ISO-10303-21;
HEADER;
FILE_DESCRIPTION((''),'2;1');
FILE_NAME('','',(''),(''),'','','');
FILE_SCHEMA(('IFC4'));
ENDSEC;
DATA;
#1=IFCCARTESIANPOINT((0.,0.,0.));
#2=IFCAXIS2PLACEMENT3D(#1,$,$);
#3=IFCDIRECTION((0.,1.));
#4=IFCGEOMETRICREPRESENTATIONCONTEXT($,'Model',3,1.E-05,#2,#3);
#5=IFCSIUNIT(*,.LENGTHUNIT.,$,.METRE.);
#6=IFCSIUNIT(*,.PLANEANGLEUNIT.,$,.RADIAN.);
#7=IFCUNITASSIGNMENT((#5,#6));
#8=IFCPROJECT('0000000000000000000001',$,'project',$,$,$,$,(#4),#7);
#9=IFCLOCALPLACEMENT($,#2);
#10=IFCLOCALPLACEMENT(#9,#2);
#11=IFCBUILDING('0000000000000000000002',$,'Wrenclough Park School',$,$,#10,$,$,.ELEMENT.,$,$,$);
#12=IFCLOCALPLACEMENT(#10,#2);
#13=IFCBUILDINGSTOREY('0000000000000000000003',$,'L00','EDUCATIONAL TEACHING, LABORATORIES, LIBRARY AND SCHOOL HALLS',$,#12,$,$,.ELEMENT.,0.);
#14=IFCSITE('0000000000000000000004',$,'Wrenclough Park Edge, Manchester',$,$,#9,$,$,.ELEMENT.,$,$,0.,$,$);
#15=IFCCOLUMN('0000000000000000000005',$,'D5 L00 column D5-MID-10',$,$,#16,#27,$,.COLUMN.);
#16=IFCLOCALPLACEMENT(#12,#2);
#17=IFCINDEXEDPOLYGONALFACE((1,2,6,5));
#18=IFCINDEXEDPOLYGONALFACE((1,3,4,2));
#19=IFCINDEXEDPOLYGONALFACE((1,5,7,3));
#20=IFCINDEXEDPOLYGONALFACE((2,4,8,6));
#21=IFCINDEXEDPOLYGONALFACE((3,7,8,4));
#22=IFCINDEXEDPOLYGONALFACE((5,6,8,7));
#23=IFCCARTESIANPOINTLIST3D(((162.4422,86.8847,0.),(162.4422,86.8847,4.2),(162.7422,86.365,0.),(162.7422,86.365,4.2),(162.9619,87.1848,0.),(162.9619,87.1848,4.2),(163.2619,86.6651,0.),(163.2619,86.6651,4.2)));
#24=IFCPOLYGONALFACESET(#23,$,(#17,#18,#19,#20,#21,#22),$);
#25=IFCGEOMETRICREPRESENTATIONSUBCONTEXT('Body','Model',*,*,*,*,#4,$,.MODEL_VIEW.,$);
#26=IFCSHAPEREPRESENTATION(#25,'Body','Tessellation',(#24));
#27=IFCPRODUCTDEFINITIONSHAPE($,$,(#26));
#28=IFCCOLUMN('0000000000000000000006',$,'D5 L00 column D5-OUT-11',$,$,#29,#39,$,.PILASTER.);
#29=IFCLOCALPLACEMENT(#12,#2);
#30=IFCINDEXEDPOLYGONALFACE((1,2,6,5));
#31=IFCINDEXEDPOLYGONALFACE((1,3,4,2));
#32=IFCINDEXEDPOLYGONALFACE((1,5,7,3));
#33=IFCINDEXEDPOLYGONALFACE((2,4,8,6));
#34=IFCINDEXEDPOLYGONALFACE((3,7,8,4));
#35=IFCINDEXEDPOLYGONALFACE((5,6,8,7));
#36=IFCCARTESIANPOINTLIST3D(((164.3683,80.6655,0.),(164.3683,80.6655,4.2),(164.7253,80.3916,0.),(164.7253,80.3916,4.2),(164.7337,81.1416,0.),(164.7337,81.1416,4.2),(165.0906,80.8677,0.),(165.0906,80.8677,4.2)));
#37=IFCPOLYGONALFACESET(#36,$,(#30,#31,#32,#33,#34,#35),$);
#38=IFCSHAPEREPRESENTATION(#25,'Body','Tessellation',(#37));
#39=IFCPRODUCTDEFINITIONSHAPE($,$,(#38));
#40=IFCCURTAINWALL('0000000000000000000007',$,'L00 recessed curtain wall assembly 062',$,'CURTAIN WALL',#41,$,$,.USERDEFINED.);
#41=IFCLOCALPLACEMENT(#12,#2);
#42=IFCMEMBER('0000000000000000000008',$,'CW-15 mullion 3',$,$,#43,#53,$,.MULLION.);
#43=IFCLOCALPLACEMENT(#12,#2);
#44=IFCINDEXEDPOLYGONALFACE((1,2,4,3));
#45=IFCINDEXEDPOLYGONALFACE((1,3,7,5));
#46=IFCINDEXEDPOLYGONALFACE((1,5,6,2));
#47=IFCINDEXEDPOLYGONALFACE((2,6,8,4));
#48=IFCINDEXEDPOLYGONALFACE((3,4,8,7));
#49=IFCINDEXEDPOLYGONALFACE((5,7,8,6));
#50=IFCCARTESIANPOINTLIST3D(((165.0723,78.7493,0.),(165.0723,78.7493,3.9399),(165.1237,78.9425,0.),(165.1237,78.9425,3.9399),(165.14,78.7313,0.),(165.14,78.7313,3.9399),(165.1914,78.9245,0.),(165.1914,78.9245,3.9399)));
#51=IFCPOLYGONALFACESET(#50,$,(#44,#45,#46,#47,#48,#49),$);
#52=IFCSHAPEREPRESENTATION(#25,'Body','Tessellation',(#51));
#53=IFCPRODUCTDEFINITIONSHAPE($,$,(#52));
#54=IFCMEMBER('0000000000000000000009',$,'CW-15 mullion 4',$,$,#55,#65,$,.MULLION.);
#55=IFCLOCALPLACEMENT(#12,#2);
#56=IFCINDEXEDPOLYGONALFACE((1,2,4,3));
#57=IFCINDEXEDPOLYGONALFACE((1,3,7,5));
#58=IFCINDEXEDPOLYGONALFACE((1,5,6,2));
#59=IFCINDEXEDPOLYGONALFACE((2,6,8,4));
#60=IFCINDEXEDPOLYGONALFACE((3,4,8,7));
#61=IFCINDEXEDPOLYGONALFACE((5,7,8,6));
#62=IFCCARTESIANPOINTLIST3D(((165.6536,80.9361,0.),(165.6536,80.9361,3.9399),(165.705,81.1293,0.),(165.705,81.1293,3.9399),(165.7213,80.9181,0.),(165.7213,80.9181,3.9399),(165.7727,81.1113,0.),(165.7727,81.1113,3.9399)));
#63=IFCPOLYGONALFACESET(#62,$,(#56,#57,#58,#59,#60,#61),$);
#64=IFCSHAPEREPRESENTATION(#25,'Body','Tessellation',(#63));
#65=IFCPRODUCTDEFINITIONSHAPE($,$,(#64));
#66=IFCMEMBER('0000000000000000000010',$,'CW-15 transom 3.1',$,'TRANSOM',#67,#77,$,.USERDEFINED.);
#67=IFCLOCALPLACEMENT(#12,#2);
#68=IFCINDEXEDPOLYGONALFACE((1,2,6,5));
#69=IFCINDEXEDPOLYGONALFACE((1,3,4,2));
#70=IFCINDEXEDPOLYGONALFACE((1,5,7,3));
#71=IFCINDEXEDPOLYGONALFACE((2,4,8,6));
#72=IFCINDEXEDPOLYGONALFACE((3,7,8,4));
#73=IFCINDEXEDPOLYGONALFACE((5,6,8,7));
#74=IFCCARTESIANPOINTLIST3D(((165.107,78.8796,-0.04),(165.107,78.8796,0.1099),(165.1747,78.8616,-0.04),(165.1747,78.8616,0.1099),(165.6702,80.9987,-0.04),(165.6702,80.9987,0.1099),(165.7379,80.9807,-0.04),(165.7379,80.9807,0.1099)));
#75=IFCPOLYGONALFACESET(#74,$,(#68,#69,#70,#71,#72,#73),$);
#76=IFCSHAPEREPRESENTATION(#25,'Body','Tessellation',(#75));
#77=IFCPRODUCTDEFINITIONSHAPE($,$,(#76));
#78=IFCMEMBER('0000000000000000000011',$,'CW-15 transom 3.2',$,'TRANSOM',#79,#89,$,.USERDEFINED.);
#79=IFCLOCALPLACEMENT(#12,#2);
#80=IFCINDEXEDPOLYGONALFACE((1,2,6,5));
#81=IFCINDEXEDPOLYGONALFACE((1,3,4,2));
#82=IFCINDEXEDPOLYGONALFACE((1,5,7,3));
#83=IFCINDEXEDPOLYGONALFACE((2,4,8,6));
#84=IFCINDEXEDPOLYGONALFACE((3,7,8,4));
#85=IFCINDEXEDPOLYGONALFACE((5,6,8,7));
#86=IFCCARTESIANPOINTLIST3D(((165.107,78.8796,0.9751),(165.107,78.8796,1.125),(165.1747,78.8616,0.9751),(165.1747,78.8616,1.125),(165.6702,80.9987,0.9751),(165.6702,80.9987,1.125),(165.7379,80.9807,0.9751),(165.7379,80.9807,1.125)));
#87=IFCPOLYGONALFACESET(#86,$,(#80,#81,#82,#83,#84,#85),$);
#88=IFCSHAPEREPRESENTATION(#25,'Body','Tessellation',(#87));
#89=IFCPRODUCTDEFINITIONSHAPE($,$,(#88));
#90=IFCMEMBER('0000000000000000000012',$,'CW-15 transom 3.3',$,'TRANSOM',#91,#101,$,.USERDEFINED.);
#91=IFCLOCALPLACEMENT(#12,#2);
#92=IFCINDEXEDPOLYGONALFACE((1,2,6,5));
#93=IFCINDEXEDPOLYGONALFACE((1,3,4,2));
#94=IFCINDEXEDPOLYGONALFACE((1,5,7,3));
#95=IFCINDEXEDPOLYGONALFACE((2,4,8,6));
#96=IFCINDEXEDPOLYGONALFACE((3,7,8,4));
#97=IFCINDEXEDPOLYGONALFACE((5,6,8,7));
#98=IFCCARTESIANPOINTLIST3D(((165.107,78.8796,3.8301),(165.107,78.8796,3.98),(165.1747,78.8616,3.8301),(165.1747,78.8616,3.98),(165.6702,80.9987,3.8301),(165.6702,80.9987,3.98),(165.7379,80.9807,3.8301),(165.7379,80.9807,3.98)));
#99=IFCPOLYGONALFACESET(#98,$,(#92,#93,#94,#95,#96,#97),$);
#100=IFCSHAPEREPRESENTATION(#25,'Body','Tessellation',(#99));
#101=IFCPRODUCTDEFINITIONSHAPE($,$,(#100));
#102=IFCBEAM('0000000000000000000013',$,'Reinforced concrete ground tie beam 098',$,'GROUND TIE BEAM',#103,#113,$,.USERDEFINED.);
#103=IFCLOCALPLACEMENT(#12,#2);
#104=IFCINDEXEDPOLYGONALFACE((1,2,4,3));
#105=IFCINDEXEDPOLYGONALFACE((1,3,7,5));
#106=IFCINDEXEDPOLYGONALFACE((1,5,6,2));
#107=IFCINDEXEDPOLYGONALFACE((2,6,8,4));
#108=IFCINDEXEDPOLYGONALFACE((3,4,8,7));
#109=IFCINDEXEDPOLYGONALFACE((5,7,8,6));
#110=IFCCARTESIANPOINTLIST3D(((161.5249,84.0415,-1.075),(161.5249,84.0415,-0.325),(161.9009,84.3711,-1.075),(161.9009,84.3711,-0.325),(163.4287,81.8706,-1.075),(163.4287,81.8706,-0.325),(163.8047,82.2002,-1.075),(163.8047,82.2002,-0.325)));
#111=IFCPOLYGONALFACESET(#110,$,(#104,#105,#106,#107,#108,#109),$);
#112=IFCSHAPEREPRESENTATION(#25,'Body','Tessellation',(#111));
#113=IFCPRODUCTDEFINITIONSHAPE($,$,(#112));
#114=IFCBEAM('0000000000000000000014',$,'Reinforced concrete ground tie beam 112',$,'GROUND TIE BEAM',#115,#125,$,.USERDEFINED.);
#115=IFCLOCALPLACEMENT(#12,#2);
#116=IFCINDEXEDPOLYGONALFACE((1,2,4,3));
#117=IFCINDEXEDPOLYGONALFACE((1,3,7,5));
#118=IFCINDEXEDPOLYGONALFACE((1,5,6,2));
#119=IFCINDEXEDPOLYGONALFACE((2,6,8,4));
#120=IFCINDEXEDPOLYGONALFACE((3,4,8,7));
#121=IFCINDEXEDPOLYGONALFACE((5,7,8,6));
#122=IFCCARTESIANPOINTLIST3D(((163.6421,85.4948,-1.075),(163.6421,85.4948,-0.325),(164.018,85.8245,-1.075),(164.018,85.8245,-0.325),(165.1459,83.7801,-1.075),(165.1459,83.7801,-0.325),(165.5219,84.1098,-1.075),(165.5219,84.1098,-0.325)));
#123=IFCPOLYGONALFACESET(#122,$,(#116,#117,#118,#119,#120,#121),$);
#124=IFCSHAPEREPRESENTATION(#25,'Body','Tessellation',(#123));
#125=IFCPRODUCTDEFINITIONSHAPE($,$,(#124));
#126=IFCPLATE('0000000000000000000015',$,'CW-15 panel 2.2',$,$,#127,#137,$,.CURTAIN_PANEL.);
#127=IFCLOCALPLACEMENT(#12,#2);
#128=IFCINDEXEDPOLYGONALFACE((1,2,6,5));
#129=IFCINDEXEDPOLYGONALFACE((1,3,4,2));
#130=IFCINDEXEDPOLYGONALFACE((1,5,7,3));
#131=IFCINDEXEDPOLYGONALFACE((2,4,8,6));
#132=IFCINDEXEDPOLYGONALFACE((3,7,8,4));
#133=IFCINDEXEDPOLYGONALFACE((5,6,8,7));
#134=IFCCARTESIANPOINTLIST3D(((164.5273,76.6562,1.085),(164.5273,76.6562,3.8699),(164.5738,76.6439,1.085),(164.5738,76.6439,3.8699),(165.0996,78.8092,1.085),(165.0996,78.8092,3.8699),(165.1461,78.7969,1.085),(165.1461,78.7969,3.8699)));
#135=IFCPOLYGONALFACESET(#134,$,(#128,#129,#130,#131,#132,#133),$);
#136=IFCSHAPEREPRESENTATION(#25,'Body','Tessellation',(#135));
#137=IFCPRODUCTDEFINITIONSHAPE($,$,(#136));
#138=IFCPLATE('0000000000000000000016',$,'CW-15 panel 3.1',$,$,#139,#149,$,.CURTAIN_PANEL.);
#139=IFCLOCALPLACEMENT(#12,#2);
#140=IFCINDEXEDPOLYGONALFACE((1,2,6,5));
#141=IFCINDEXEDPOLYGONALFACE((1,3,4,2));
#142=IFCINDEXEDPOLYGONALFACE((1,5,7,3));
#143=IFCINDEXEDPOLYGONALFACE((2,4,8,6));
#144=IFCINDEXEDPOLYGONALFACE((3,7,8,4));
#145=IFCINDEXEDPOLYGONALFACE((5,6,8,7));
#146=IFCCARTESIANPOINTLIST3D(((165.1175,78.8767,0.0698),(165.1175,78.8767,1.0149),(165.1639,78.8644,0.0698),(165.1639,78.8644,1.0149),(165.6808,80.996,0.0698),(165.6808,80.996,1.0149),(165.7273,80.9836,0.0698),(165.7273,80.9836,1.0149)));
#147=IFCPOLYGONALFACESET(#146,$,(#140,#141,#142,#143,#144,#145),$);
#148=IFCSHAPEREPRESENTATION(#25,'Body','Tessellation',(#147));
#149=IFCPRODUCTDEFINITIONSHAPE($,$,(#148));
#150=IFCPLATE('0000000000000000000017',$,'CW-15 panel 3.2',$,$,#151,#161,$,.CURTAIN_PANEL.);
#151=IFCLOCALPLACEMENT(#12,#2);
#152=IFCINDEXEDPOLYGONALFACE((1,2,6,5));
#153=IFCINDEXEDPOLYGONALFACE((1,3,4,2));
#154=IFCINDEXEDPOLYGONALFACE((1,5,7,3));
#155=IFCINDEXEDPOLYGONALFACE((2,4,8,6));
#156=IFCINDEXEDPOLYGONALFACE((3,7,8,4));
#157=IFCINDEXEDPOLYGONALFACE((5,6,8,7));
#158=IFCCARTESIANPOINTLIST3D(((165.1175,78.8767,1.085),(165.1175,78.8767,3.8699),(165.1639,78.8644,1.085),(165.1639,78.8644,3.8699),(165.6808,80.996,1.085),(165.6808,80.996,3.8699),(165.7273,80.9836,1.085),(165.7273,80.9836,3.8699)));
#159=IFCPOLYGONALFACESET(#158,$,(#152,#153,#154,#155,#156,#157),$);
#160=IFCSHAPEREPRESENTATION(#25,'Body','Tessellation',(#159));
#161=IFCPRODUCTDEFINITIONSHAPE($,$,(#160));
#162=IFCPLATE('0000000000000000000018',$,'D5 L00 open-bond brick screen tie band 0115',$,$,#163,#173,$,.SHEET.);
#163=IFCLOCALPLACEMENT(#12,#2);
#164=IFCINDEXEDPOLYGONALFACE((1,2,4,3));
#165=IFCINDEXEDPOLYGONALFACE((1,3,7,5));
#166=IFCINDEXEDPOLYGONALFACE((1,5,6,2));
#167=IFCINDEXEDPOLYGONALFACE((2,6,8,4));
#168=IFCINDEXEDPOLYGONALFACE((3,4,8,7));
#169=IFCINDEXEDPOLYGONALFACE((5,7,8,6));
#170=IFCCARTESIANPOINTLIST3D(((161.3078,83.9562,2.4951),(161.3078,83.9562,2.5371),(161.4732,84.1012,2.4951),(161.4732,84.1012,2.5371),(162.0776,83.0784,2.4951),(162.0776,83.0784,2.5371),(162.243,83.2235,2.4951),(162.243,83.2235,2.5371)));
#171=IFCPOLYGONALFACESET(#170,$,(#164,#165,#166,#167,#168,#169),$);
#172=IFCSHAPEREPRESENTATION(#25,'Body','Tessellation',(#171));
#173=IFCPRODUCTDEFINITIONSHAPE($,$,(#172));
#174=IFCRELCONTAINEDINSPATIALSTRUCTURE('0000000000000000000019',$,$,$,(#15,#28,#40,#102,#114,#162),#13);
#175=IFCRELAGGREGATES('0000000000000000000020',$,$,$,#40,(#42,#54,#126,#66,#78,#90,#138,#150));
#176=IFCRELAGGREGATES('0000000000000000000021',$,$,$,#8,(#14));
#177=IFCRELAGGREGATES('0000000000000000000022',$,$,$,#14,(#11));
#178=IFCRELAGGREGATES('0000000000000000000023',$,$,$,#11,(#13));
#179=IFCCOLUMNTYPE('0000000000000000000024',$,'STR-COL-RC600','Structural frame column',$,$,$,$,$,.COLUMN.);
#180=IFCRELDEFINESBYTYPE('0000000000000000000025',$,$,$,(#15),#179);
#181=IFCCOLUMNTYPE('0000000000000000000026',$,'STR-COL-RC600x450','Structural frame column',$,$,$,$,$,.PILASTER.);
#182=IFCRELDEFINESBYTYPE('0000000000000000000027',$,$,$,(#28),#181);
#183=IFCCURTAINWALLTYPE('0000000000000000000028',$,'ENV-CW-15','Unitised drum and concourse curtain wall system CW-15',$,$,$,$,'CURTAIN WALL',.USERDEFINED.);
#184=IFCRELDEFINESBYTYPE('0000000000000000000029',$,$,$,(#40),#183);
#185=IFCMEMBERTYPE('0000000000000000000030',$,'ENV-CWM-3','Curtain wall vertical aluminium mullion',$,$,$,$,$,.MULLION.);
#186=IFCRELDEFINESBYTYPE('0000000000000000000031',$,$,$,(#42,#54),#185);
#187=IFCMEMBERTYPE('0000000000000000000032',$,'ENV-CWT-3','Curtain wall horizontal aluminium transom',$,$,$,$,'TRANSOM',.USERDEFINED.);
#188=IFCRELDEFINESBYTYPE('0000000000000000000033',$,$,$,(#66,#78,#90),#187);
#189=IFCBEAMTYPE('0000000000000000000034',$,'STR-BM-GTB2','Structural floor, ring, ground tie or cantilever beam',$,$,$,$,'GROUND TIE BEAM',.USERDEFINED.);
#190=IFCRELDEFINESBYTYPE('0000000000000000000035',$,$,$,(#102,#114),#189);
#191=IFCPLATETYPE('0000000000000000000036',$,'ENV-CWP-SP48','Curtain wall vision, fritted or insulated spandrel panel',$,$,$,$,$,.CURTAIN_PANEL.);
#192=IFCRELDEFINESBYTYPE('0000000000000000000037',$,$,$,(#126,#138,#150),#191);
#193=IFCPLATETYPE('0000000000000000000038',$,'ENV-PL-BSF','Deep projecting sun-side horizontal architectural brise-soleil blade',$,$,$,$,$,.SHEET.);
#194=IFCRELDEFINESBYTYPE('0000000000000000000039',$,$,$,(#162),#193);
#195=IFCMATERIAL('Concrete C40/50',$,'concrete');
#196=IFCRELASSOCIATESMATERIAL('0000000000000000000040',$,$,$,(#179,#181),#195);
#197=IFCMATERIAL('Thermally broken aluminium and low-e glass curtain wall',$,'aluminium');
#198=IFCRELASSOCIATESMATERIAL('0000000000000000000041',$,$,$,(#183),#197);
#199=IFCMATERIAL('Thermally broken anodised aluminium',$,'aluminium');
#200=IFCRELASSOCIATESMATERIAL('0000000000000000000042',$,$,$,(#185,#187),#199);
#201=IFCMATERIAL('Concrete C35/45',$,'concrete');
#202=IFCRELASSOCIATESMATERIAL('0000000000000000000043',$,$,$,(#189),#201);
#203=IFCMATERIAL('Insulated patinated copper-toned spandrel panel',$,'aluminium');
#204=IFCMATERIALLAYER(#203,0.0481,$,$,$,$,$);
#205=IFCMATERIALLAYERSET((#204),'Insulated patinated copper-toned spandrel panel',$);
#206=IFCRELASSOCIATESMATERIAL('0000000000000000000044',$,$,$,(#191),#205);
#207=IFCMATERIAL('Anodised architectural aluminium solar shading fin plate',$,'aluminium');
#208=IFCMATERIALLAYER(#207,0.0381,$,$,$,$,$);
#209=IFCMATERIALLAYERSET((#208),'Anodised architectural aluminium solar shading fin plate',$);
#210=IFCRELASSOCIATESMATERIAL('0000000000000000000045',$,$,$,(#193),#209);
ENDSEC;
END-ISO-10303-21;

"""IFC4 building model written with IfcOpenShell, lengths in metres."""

from ifc_helpers import new_model, si_unit, direction, frame, origin, origin_2d, place, context, subcontext, project, spatial, rectangle, extrude, material, layer, layer_set, material_profile, profile_set, type_object, element, aggregate, save


model = new_model("IFC4")

# Units and contexts
model_context = context("Model", 3, precision=1e-05, world=origin(), true_north=direction((0.0, 1.0)))
body_context = subcontext(model_context, "Body", "Model", "MODEL_VIEW")
ifc_project = project(units=[si_unit("LENGTHUNIT", "METRE"), si_unit("PLANEANGLEUNIT", "RADIAN")], contexts=[model_context])

# Site, building, storey
site_placement = place(None, origin())
site = spatial("IfcSite", under=ifc_project, at=site_placement, Name="Wrenclough Park Edge, Manchester", CompositionType="ELEMENT", RefElevation=0.0)
building_placement = place(site_placement, origin())
building = spatial("IfcBuilding", under=site, at=building_placement, Name="Wrenclough Park School", CompositionType="ELEMENT")
storey_placement = place(building_placement, origin())
storey = spatial("IfcBuildingStorey", under=building, at=storey_placement, Name="L00", Description="EDUCATIONAL TEACHING, LABORATORIES, LIBRARY AND SCHOOL HALLS", CompositionType="ELEMENT", Elevation=0.0)

# Shared definitions
ifc_material_1 = material(Name="Concrete C35/45", Category="concrete")

# Columns
ifc_material_2 = material(Name="Concrete C40/50", Category="concrete")
ifc_material_profile_1 = material_profile(ifc_material_2, rectangle(XDim=0.6001, YDim=0.6001, at=origin_2d()), Name="RC COL 600x600")
ifc_profile_set_1 = profile_set([ifc_material_profile_1], Name="Concrete C40/50")
column_type_1 = type_object("IfcColumnType", Name="STR-COL-RC600", Description="Structural frame column", PredefinedType="COLUMN", material=ifc_profile_set_1)
column_1_placement = place(storey_placement, frame((162.8521, 86.7749, 0.0), z_axis=(0.0, 0.0, 1.0), x_axis=(0.5, -0.866025, 0.0)))
element("IfcColumn", 1, at=column_1_placement, inside=storey, type_object=column_type_1, Name="D5 L00 column D5-MID-10", PredefinedType="COLUMN", context=body_context, shape_type="SweptSolid", body=[
    extrude(rectangle(XDim=0.6001, YDim=0.6001, at=origin_2d()), origin(), (0.0, 0.0, 1.0), 4.2),
])
ifc_material_profile_2 = material_profile(ifc_material_2, rectangle(XDim=0.45, YDim=0.6001, at=origin_2d()), Name="RC COL 600x450")
ifc_profile_set_2 = profile_set([ifc_material_profile_2], Name="Concrete C40/50")
column_type_2 = type_object("IfcColumnType", Name="STR-COL-RC600x450", Description="Structural frame column", PredefinedType="PILASTER", material=ifc_profile_set_2)
column_2_placement = place(storey_placement, frame((164.7295, 80.7666, 0.0), z_axis=(0.0, 0.0, 1.0), x_axis=(0.793353, -0.608761, 0.0)))
element("IfcColumn", 2, at=column_2_placement, inside=storey, type_object=column_type_2, Name="D5 L00 column D5-OUT-11", PredefinedType="PILASTER", context=body_context, shape_type="SweptSolid", body=[
    extrude(rectangle(XDim=0.45, YDim=0.6001, at=origin_2d()), origin(), (0.0, 0.0, 1.0), 4.2),
])

# Curtain wall, members
ifc_material_3 = material(Name="Thermally broken aluminium and low-e glass curtain wall", Category="aluminium")
curtain_wall_type = type_object("IfcCurtainWallType", Name="ENV-CW-15", Description="Unitised drum and concourse curtain wall system CW-15", ElementType="CURTAIN WALL", PredefinedType="USERDEFINED", material=ifc_material_3)
curtain_wall_placement = place(storey_placement, origin())
curtain_wall = element("IfcCurtainWall", 3, at=curtain_wall_placement, inside=storey, type_object=curtain_wall_type, Name="L00 recessed curtain wall assembly 062", ObjectType="CURTAIN WALL", PredefinedType="USERDEFINED")
ifc_material_4 = material(Name="Thermally broken anodised aluminium", Category="aluminium")
ifc_material_profile_3 = material_profile(ifc_material_4, rectangle(XDim=0.0701, YDim=0.2, at=origin_2d()), Name="AL MULLION 70x200")
ifc_profile_set_3 = profile_set([ifc_material_profile_3], Name="Thermally broken anodised aluminium")
member_type_1 = type_object("IfcMemberType", Name="ENV-CWM-3", Description="Curtain wall vertical aluminium mullion", PredefinedType="MULLION", material=ifc_profile_set_3)
member_1_placement = place(storey_placement, frame((165.1318, 78.8369, 0.0), z_axis=(0.0, 0.0, 1.0), x_axis=(-0.966439, 0.256896, 0.0)))
member_1 = element("IfcMember", 4, at=member_1_placement, type_object=member_type_1, Name="CW-15 mullion 3", PredefinedType="MULLION", context=body_context, shape_type="SweptSolid", body=[
    extrude(rectangle(XDim=0.0701, YDim=0.2, at=origin_2d()), origin(), (0.0, 0.0, 1.0), 3.9399),
])
member_2_placement = place(storey_placement, frame((165.7131, 81.0237, 0.0), z_axis=(0.0, 0.0, 1.0), x_axis=(-0.966439, 0.256896, 0.0)))
member_2 = element("IfcMember", 5, at=member_2_placement, type_object=member_type_1, Name="CW-15 mullion 4", PredefinedType="MULLION", context=body_context, shape_type="SweptSolid", body=[
    extrude(rectangle(XDim=0.0701, YDim=0.2, at=origin_2d()), origin(), (0.0, 0.0, 1.0), 3.9399),
])
ifc_material_profile_4 = material_profile(ifc_material_4, rectangle(XDim=0.0701, YDim=0.1499, at=origin_2d()), Name="AL TRANSOM 70x150")
ifc_profile_set_4 = profile_set([ifc_material_profile_4], Name="Thermally broken anodised aluminium")
member_type_2 = type_object("IfcMemberType", Name="ENV-CWT-3", Description="Curtain wall horizontal aluminium transom", ElementType="TRANSOM", PredefinedType="USERDEFINED", material=ifc_profile_set_4)
member_3_placement = place(storey_placement, frame((165.1409, 78.8706, 0.0349), z_axis=(0.256866, 0.966447, 0.0), x_axis=(-0.966447, 0.256866, 0.0)))
member_3 = element("IfcMember", 6, at=member_3_placement, type_object=member_type_2, Name="CW-15 transom 3.1", ObjectType="TRANSOM", PredefinedType="USERDEFINED", context=body_context, shape_type="SweptSolid", body=[
    extrude(rectangle(XDim=0.0701, YDim=0.1499, at=origin_2d()), origin(), (0.0, 0.0, 1.0), 2.1926),
])
member_4_placement = place(storey_placement, frame((165.1409, 78.8706, 1.05), z_axis=(0.256866, 0.966447, 0.0), x_axis=(-0.966447, 0.256866, 0.0)))
member_4 = element("IfcMember", 7, at=member_4_placement, type_object=member_type_2, Name="CW-15 transom 3.2", ObjectType="TRANSOM", PredefinedType="USERDEFINED", context=body_context, shape_type="SweptSolid", body=[
    extrude(rectangle(XDim=0.0701, YDim=0.1499, at=origin_2d()), origin(), (0.0, 0.0, 1.0), 2.1926),
])
member_5_placement = place(storey_placement, frame((165.1409, 78.8706, 3.905), z_axis=(0.256866, 0.966447, 0.0), x_axis=(-0.966447, 0.256866, 0.0)))
member_5 = element("IfcMember", 8, at=member_5_placement, type_object=member_type_2, Name="CW-15 transom 3.3", ObjectType="TRANSOM", PredefinedType="USERDEFINED", context=body_context, shape_type="SweptSolid", body=[
    extrude(rectangle(XDim=0.0701, YDim=0.1499, at=origin_2d()), origin(), (0.0, 0.0, 1.0), 2.1926),
])

# Beams
ifc_material_profile_5 = material_profile(ifc_material_1, rectangle(XDim=0.5, YDim=0.75, at=origin_2d()), Name="RC GROUND 500x750")
ifc_profile_set_5 = profile_set([ifc_material_profile_5], Name="Concrete C35/45")
beam_type = type_object("IfcBeamType", Name="STR-BM-GTB2", Description="Structural floor, ring, ground tie or cantilever beam", ElementType="GROUND TIE BEAM", PredefinedType="USERDEFINED", material=ifc_profile_set_5)
beam_1_placement = place(storey_placement, frame((161.7129, 84.2063, -0.7), z_axis=(0.659342, -0.751843, 0.0), x_axis=(0.751843, 0.659342, 0.0)))
element("IfcBeam", 9, at=beam_1_placement, inside=storey, type_object=beam_type, Name="Reinforced concrete ground tie beam 098", ObjectType="GROUND TIE BEAM", PredefinedType="USERDEFINED", context=body_context, shape_type="SweptSolid", body=[
    extrude(rectangle(XDim=0.5, YDim=0.75, at=origin_2d()), origin(), (0.0, 0.0, 1.0), 2.8875),
])
beam_2_placement = place(storey_placement, frame((163.8301, 85.6597, -0.7), z_axis=(0.659353, -0.751834, 0.0), x_axis=(0.751834, 0.659353, 0.0)))
element("IfcBeam", 10, at=beam_2_placement, inside=storey, type_object=beam_type, Name="Reinforced concrete ground tie beam 112", ObjectType="GROUND TIE BEAM", PredefinedType="USERDEFINED", context=body_context, shape_type="SweptSolid", body=[
    extrude(rectangle(XDim=0.5, YDim=0.75, at=origin_2d()), origin(), (0.0, 0.0, 1.0), 2.2808),
])

# Plates
ifc_material_5 = material(Name="Insulated patinated copper-toned spandrel panel", Category="aluminium")
ifc_layer_1 = layer(ifc_material_5, 0.0481)
ifc_layer_set_1 = layer_set([ifc_layer_1], Name="Insulated patinated copper-toned spandrel panel")
plate_type_1 = type_object("IfcPlateType", Name="ENV-CWP-SP48", Description="Curtain wall vision, fritted or insulated spandrel panel", PredefinedType="CURTAIN_PANEL", material=ifc_layer_set_1)
plate_1_placement = place(storey_placement, frame((164.8367, 77.7266, 1.085), z_axis=(0.0, 0.0, 1.0), x_axis=(0.256896, 0.966439, 0.0)))
plate_1 = element("IfcPlate", 11, at=plate_1_placement, type_object=plate_type_1, Name="CW-15 panel 2.2", PredefinedType="CURTAIN_PANEL", context=body_context, shape_type="SweptSolid", body=[
    extrude(rectangle(XDim=2.2278, YDim=0.0481, at=origin_2d()), origin(), (0.0, 0.0, 1.0), 2.7849),
])
plate_2_placement = place(storey_placement, frame((165.4224, 79.9302, 0.0698), z_axis=(0.0, 0.0, 1.0), x_axis=(0.256896, 0.966439, 0.0)))
plate_2 = element("IfcPlate", 12, at=plate_2_placement, type_object=plate_type_1, Name="CW-15 panel 3.1", PredefinedType="CURTAIN_PANEL", context=body_context, shape_type="SweptSolid", body=[
    extrude(rectangle(XDim=2.1929, YDim=0.0481, at=origin_2d()), origin(), (0.0, 0.0, 1.0), 0.9451),
])
plate_3_placement = place(storey_placement, frame((165.4224, 79.9302, 1.085), z_axis=(0.0, 0.0, 1.0), x_axis=(0.256896, 0.966439, 0.0)))
plate_3 = element("IfcPlate", 13, at=plate_3_placement, type_object=plate_type_1, Name="CW-15 panel 3.2", PredefinedType="CURTAIN_PANEL", context=body_context, shape_type="SweptSolid", body=[
    extrude(rectangle(XDim=2.1929, YDim=0.0481, at=origin_2d()), origin(), (0.0, 0.0, 1.0), 2.7849),
])
aggregate(curtain_wall, [member_1, member_2, plate_1, member_3, member_4, member_5, plate_2, plate_3])

# Plate
ifc_material_6 = material(Name="Anodised architectural aluminium solar shading fin plate", Category="aluminium")
ifc_layer_2 = layer(ifc_material_6, 0.0381)
ifc_layer_set_2 = layer_set([ifc_layer_2], Name="Anodised architectural aluminium solar shading fin plate")
plate_type_2 = type_object("IfcPlateType", Name="ENV-PL-BSF", Description="Deep projecting sun-side horizontal architectural brise-soleil blade", PredefinedType="SHEET", material=ifc_layer_set_2)
for number, where, z_axis, x_axis, name in (
    (14, (161.7754, 83.5898, 2.4951), (0.0, 0.0, 1.0), (0.659349, -0.751837, 0.0), "D5 L00 open-bond brick screen tie band 0115"),
):
    element("IfcPlate", number, at=place(storey_placement, frame(where, z_axis=z_axis, x_axis=x_axis)), inside=storey, type_object=plate_type_2, Name=name, PredefinedType="SHEET", context=body_context, shape_type="SweptSolid", body=[
        extrude(rectangle(XDim=1.1675, YDim=0.22, at=origin_2d()), origin(), (0.0, 0.0, 1.0), 0.042),
    ])

save(model, "model.ifc")
